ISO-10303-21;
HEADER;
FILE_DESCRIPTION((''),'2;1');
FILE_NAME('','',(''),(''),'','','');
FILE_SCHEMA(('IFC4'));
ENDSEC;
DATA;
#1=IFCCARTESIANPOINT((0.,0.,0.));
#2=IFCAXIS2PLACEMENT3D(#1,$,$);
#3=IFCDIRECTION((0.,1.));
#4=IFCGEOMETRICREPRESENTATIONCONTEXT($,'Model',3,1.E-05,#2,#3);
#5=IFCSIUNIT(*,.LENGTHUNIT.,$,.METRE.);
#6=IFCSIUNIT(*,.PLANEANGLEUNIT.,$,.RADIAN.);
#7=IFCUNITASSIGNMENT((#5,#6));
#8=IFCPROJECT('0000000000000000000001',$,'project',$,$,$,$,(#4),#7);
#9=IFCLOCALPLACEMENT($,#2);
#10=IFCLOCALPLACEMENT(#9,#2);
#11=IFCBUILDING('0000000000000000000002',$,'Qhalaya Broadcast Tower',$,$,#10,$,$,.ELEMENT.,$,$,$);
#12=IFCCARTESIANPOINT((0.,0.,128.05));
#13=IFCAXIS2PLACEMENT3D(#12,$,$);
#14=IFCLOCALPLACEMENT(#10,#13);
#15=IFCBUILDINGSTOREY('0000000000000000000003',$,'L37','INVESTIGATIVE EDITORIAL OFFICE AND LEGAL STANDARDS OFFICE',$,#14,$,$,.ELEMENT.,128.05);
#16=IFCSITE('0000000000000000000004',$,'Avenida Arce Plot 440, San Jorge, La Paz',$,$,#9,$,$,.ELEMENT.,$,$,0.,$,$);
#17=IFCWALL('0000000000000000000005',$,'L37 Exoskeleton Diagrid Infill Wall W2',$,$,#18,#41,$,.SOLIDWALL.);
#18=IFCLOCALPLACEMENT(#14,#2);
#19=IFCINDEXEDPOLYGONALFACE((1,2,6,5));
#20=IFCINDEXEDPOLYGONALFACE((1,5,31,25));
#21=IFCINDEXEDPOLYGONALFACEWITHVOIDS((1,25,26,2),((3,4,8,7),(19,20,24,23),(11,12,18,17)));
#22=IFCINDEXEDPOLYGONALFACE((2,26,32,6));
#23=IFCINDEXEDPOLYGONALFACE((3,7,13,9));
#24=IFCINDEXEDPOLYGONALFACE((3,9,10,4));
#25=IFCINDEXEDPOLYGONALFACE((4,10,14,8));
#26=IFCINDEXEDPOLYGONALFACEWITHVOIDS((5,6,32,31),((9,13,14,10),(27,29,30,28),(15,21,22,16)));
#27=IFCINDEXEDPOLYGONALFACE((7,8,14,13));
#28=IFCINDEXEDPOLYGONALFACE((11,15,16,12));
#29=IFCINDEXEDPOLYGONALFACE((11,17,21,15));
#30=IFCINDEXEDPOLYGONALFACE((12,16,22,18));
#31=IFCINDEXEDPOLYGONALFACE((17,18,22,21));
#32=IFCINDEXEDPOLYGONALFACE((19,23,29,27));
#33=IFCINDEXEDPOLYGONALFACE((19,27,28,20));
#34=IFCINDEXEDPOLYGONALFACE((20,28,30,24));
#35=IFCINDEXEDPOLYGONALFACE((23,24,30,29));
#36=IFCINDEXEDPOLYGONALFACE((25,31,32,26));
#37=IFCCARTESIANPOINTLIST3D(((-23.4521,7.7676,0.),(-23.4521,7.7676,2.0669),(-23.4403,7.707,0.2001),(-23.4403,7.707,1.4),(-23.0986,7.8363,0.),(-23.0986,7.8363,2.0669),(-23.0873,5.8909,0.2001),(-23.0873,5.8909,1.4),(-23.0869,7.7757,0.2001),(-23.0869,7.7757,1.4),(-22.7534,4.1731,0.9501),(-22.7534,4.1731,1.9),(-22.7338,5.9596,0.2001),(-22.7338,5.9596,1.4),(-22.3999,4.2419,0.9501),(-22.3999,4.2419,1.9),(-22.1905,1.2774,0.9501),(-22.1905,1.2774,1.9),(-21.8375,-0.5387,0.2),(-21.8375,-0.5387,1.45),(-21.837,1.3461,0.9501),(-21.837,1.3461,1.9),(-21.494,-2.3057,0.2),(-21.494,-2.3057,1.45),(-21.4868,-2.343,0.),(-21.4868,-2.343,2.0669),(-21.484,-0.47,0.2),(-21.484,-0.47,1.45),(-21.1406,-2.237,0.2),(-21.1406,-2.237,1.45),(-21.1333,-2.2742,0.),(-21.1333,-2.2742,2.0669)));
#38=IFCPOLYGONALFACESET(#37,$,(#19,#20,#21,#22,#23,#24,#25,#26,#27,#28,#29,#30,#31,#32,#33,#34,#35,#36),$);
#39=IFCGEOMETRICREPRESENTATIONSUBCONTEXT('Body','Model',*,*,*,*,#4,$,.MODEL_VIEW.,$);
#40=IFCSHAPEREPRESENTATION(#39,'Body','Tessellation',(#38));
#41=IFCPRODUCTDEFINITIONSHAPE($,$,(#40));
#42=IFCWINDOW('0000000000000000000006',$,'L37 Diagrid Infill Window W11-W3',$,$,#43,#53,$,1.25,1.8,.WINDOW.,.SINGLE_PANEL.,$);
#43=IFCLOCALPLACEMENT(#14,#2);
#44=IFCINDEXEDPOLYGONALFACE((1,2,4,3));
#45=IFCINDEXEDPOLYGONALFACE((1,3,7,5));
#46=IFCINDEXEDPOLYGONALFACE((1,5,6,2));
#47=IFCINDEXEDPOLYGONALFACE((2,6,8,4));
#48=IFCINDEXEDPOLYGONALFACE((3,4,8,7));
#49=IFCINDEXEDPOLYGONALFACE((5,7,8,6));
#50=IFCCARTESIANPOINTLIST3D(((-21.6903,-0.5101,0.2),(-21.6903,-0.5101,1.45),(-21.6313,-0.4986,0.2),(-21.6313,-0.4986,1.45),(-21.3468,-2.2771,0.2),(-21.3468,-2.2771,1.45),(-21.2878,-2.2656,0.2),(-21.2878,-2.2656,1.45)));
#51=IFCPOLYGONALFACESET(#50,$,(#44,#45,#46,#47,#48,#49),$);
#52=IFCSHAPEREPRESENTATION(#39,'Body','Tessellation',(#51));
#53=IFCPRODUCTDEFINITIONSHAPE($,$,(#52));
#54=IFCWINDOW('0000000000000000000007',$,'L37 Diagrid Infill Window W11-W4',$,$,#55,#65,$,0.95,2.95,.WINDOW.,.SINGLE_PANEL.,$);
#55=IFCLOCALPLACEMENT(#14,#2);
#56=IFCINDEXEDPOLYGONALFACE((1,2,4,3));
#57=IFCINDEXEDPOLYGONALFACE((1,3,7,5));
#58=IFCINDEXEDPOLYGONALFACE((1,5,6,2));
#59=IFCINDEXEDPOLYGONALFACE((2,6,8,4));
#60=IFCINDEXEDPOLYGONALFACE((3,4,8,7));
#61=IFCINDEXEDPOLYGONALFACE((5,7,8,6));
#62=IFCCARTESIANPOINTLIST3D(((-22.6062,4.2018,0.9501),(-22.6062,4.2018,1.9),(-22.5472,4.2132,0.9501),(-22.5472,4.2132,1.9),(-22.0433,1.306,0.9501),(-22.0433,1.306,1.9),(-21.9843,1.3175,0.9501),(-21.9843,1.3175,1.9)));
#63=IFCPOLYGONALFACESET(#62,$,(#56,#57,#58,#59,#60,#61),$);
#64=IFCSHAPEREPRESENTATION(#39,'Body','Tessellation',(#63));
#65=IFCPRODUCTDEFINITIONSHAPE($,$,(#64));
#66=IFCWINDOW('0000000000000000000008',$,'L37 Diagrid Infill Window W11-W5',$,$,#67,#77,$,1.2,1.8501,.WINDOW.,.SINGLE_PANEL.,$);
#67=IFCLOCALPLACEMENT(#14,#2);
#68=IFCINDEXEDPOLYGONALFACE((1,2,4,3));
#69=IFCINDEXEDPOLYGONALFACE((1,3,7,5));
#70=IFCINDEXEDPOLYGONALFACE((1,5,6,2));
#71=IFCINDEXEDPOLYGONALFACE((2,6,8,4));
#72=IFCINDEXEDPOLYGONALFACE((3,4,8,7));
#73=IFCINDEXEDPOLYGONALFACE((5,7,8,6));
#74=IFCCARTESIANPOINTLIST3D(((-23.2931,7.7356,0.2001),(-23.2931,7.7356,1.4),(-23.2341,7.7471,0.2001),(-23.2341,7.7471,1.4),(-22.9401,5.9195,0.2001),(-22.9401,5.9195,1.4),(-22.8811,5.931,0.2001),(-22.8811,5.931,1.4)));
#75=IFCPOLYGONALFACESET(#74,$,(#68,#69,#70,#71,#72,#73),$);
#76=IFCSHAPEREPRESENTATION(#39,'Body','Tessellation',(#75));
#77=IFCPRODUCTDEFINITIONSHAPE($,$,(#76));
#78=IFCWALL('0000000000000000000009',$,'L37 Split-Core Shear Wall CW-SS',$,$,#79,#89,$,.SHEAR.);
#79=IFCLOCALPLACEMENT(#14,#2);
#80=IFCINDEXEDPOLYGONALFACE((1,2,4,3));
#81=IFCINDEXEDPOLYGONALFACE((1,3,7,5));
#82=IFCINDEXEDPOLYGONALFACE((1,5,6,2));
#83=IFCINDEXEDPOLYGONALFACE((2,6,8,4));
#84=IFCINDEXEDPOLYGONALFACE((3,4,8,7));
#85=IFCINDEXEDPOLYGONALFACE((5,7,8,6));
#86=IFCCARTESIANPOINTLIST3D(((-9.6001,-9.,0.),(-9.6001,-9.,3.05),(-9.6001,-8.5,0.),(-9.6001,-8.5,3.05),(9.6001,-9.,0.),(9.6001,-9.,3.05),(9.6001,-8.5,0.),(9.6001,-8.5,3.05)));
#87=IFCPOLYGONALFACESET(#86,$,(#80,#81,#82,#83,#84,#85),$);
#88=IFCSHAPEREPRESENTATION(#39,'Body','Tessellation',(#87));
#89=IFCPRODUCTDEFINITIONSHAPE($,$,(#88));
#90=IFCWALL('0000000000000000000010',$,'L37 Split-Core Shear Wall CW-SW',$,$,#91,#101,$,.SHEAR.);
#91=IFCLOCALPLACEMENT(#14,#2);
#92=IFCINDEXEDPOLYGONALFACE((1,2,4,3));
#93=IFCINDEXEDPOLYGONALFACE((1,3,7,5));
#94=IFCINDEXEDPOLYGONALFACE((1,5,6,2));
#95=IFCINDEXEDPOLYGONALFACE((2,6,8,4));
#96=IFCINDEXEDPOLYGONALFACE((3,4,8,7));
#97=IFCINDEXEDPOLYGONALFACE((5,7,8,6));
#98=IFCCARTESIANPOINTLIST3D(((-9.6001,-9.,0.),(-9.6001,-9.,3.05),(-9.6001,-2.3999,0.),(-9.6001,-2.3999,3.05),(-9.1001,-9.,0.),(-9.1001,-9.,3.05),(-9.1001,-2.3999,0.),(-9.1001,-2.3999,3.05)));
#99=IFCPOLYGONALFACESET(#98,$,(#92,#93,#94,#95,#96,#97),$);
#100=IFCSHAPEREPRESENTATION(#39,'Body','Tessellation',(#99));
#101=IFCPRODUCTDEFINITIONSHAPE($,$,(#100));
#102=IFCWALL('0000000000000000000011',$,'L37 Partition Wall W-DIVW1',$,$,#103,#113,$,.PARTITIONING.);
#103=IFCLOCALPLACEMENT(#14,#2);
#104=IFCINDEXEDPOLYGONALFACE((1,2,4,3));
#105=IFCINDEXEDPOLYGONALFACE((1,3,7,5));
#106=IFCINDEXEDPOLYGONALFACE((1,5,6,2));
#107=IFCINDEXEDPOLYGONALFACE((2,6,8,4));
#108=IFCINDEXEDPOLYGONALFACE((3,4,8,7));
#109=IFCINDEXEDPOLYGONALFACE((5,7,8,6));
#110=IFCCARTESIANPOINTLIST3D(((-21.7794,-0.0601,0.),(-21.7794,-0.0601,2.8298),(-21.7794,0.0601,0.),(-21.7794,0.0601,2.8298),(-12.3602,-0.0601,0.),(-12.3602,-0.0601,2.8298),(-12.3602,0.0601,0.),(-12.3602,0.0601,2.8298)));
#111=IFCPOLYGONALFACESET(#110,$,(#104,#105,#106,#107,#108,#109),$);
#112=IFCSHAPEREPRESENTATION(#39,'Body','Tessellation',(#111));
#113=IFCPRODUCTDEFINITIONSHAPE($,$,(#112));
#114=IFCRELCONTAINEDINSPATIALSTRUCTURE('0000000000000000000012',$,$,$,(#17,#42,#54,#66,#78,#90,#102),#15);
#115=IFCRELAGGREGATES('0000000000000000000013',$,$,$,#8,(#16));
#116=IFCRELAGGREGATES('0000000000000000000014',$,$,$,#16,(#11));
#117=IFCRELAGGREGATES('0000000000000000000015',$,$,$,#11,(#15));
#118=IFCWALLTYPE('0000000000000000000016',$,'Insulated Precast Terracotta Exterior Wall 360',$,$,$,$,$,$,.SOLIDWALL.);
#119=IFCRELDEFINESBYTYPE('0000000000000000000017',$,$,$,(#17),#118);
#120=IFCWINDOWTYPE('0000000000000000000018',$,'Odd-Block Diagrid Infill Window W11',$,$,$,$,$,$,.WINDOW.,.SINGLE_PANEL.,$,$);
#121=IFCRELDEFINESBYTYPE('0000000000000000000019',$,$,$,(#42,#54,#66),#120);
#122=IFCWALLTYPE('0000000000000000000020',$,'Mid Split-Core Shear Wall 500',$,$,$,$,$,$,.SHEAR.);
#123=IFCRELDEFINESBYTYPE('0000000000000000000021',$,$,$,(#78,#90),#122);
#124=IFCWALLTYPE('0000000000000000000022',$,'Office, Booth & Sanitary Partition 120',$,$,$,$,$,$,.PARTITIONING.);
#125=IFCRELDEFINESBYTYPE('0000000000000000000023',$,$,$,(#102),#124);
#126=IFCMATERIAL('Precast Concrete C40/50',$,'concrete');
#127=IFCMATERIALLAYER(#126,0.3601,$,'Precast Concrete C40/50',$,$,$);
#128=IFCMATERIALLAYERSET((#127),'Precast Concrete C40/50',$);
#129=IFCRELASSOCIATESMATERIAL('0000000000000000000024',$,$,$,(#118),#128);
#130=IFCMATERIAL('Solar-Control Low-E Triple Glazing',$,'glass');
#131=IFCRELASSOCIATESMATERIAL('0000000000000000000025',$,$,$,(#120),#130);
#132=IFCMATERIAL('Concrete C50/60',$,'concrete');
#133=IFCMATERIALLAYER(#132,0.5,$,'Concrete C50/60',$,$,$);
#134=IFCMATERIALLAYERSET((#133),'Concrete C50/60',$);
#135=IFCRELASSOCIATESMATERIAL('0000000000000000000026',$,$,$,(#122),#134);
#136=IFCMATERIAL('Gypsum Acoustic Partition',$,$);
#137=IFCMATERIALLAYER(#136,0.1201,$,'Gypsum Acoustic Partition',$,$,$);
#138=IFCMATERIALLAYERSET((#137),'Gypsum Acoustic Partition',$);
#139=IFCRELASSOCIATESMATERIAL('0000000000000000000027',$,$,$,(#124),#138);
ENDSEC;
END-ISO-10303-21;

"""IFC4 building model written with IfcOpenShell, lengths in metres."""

from ifc_helpers import new_model, si_unit, direction, frame, frame_2d, origin, place, context, subcontext, project, spatial, rectangle, extrude, material, layer, layer_set, type_object, element, fill, save


model = new_model("IFC4")

# Units and contexts
model_context = context("Model", 3, precision=1e-05, world=origin(), true_north=direction((0.0, 1.0)))
body_context = subcontext(model_context, "Body", "Model", "MODEL_VIEW")
ifc_project = project(units=[si_unit("LENGTHUNIT", "METRE"), si_unit("PLANEANGLEUNIT", "RADIAN")], contexts=[model_context])

# Site, building, storey
site_placement = place(None, origin())
site = spatial("IfcSite", under=ifc_project, at=site_placement, Name="Avenida Arce Plot 440, San Jorge, La Paz", CompositionType="ELEMENT", RefElevation=0.0)
building_placement = place(site_placement, origin())
building = spatial("IfcBuilding", under=site, at=building_placement, Name="Qhalaya Broadcast Tower", CompositionType="ELEMENT")
storey_placement = place(building_placement, frame((0.0, 0.0, 128.05)))
storey = spatial("IfcBuildingStorey", under=building, at=storey_placement, Name="L37", Description="INVESTIGATIVE EDITORIAL OFFICE AND LEGAL STANDARDS OFFICE", CompositionType="ELEMENT", Elevation=128.05)

# Shared definitions
ifc_material_1 = material(Name="Concrete C50/60", Category="concrete")

# Wall, openings, windows
ifc_material_2 = material(Name="Precast Concrete C40/50", Category="concrete")
ifc_layer_1 = layer(ifc_material_2, 0.3601, Name="Precast Concrete C40/50")
ifc_layer_set_1 = layer_set([ifc_layer_1], Name="Precast Concrete C40/50")
wall_type_1 = type_object("IfcWallType", Name="Insulated Precast Terracotta Exterior Wall 360", PredefinedType="SOLIDWALL", material=ifc_layer_set_1)
wall_1_placement = place(storey_placement, frame((-21.3101, -2.3086, 0.0), z_axis=(0.0, 0.0, 1.0), x_axis=(-0.190812, 0.981627, 0.0)))
wall_1 = element("IfcWall", 1, at=wall_1_placement, inside=storey, type_object=wall_type_1, Name="L37 Exoskeleton Diagrid Infill Wall W2", PredefinedType="SOLIDWALL", context=body_context, shape_type="SweptSolid", body=[
    extrude(rectangle(XDim=10.2998, YDim=0.3601, at=frame_2d((5.1499, 0.0))), origin(), (0.0, 0.0, 1.0), 2.0669),
])
opening_1_placement = place(wall_1_placement, frame((0.0381, 0.0, 0.2)))
opening_1 = element("IfcOpeningElement", 2, at=opening_1_placement, cuts=wall_1, PredefinedType="OPENING", context=body_context, shape_type="SweptSolid", body=[
    extrude(rectangle(XDim=1.8, YDim=1.25, at=frame_2d((0.8999, 0.625))), frame((0.0, 0.1921, 0.0), z_axis=(0.0, -1.0, 0.0), x_axis=(1.0, 0.0, 0.0)), (0.0, 0.0, 1.0), 0.384),
])
opening_2_placement = place(wall_1_placement, frame((3.688, 0.0, 0.95)))
opening_2 = element("IfcOpeningElement", 3, at=opening_2_placement, cuts=wall_1, PredefinedType="OPENING", context=body_context, shape_type="SweptSolid", body=[
    extrude(rectangle(XDim=2.95, YDim=0.95, at=frame_2d((1.4751, 0.4751))), frame((0.0, 0.1921, 0.0), z_axis=(0.0, -1.0, 0.0), x_axis=(1.0, 0.0, 0.0)), (0.0, 0.0, 1.0), 0.384),
])
opening_3_placement = place(wall_1_placement, frame((8.3879, 0.0, 0.2)))
opening_3 = element("IfcOpeningElement", 4, at=opening_3_placement, cuts=wall_1, PredefinedType="OPENING", context=body_context, shape_type="SweptSolid", body=[
    extrude(rectangle(XDim=1.8501, YDim=1.2, at=frame_2d((0.925, 0.6001))), frame((0.0, 0.1921, 0.0), z_axis=(0.0, -1.0, 0.0), x_axis=(1.0, 0.0, 0.0)), (0.0, 0.0, 1.0), 0.384),
])
ifc_material_3 = material(Name="Solar-Control Low-E Triple Glazing", Category="glass")
window_type = type_object("IfcWindowType", Name="Odd-Block Diagrid Infill Window W11", PartitioningType="SINGLE_PANEL", PredefinedType="WINDOW", material=ifc_material_3)
window_1_placement = place(opening_1_placement, origin())
window_1 = element("IfcWindow", 5, at=window_1_placement, inside=storey, type_object=window_type, Name="L37 Diagrid Infill Window W11-W3", OverallHeight=1.25, OverallWidth=1.8, PartitioningType="SINGLE_PANEL", PredefinedType="WINDOW", context=body_context, shape_type="SweptSolid", body=[
    extrude(rectangle(XDim=1.8, YDim=1.25, at=frame_2d((0.8999, 0.625))), frame((0.0, 0.03, 0.0), z_axis=(0.0, -1.0, 0.0), x_axis=(1.0, 0.0, 0.0)), (0.0, 0.0, 1.0), 0.0601),
])
fill(opening_1, window_1)
window_2_placement = place(opening_2_placement, origin())
window_2 = element("IfcWindow", 6, at=window_2_placement, inside=storey, type_object=window_type, Name="L37 Diagrid Infill Window W11-W4", OverallHeight=0.95, OverallWidth=2.95, PartitioningType="SINGLE_PANEL", PredefinedType="WINDOW", context=body_context, shape_type="SweptSolid", body=[
    extrude(rectangle(XDim=2.95, YDim=0.95, at=frame_2d((1.4751, 0.4751))), frame((0.0, 0.03, 0.0), z_axis=(0.0, -1.0, 0.0), x_axis=(1.0, 0.0, 0.0)), (0.0, 0.0, 1.0), 0.0601),
])
fill(opening_2, window_2)
window_3_placement = place(opening_3_placement, origin())
window_3 = element("IfcWindow", 7, at=window_3_placement, inside=storey, type_object=window_type, Name="L37 Diagrid Infill Window W11-W5", OverallHeight=1.2, OverallWidth=1.8501, PartitioningType="SINGLE_PANEL", PredefinedType="WINDOW", context=body_context, shape_type="SweptSolid", body=[
    extrude(rectangle(XDim=1.8501, YDim=1.2, at=frame_2d((0.925, 0.6001))), frame((0.0, 0.03, 0.0), z_axis=(0.0, -1.0, 0.0), x_axis=(1.0, 0.0, 0.0)), (0.0, 0.0, 1.0), 0.0601),
])
fill(opening_3, window_3)

# Wall
ifc_layer_2 = layer(ifc_material_1, 0.5, Name="Concrete C50/60")
ifc_layer_set_2 = layer_set([ifc_layer_2], Name="Concrete C50/60")
wall_type_2 = type_object("IfcWallType", Name="Mid Split-Core Shear Wall 500", PredefinedType="SHEAR", material=ifc_layer_set_2)
wall_2_placement = place(storey_placement, frame((-9.6001, -8.75, 0.0), z_axis=(0.0, 0.0, 1.0), x_axis=(1.0, 0.0, 0.0)))
element("IfcWall", 8, at=wall_2_placement, inside=storey, type_object=wall_type_2, Name="L37 Split-Core Shear Wall CW-SS", PredefinedType="SHEAR", context=body_context, shape_type="SweptSolid", body=[
    extrude(rectangle(XDim=19.2002, YDim=0.5, at=frame_2d((9.6001, 0.0))), origin(), (0.0, 0.0, 1.0), 3.05),
])

# Walls
wall_3_placement = place(storey_placement, frame((-9.3501, -9.0, 0.0), z_axis=(0.0, 0.0, 1.0), x_axis=(0.0, 1.0, 0.0)))
element("IfcWall", 9, at=wall_3_placement, inside=storey, type_object=wall_type_2, Name="L37 Split-Core Shear Wall CW-SW", PredefinedType="SHEAR", context=body_context, shape_type="SweptSolid", body=[
    extrude(rectangle(XDim=6.6001, YDim=0.5, at=frame_2d((3.3, 0.0))), origin(), (0.0, 0.0, 1.0), 3.05),
])
ifc_material_4 = material(Name="Gypsum Acoustic Partition")
ifc_layer_3 = layer(ifc_material_4, 0.1201, Name="Gypsum Acoustic Partition")
ifc_layer_set_3 = layer_set([ifc_layer_3], Name="Gypsum Acoustic Partition")
wall_type_3 = type_object("IfcWallType", Name="Office, Booth & Sanitary Partition 120", PredefinedType="PARTITIONING", material=ifc_layer_set_3)
wall_4_placement = place(storey_placement, frame((-21.7793, 0.0, 0.0), z_axis=(0.0, 0.0, 1.0), x_axis=(1.0, 0.0, 0.0)))
element("IfcWall", 10, at=wall_4_placement, inside=storey, type_object=wall_type_3, Name="L37 Partition Wall W-DIVW1", PredefinedType="PARTITIONING", context=body_context, shape_type="SweptSolid", body=[
    extrude(rectangle(XDim=9.4192, YDim=0.1201, at=frame_2d((4.7095, 0.0))), origin(), (0.0, 0.0, 1.0), 2.8298),
])

save(model, "model.ifc")
